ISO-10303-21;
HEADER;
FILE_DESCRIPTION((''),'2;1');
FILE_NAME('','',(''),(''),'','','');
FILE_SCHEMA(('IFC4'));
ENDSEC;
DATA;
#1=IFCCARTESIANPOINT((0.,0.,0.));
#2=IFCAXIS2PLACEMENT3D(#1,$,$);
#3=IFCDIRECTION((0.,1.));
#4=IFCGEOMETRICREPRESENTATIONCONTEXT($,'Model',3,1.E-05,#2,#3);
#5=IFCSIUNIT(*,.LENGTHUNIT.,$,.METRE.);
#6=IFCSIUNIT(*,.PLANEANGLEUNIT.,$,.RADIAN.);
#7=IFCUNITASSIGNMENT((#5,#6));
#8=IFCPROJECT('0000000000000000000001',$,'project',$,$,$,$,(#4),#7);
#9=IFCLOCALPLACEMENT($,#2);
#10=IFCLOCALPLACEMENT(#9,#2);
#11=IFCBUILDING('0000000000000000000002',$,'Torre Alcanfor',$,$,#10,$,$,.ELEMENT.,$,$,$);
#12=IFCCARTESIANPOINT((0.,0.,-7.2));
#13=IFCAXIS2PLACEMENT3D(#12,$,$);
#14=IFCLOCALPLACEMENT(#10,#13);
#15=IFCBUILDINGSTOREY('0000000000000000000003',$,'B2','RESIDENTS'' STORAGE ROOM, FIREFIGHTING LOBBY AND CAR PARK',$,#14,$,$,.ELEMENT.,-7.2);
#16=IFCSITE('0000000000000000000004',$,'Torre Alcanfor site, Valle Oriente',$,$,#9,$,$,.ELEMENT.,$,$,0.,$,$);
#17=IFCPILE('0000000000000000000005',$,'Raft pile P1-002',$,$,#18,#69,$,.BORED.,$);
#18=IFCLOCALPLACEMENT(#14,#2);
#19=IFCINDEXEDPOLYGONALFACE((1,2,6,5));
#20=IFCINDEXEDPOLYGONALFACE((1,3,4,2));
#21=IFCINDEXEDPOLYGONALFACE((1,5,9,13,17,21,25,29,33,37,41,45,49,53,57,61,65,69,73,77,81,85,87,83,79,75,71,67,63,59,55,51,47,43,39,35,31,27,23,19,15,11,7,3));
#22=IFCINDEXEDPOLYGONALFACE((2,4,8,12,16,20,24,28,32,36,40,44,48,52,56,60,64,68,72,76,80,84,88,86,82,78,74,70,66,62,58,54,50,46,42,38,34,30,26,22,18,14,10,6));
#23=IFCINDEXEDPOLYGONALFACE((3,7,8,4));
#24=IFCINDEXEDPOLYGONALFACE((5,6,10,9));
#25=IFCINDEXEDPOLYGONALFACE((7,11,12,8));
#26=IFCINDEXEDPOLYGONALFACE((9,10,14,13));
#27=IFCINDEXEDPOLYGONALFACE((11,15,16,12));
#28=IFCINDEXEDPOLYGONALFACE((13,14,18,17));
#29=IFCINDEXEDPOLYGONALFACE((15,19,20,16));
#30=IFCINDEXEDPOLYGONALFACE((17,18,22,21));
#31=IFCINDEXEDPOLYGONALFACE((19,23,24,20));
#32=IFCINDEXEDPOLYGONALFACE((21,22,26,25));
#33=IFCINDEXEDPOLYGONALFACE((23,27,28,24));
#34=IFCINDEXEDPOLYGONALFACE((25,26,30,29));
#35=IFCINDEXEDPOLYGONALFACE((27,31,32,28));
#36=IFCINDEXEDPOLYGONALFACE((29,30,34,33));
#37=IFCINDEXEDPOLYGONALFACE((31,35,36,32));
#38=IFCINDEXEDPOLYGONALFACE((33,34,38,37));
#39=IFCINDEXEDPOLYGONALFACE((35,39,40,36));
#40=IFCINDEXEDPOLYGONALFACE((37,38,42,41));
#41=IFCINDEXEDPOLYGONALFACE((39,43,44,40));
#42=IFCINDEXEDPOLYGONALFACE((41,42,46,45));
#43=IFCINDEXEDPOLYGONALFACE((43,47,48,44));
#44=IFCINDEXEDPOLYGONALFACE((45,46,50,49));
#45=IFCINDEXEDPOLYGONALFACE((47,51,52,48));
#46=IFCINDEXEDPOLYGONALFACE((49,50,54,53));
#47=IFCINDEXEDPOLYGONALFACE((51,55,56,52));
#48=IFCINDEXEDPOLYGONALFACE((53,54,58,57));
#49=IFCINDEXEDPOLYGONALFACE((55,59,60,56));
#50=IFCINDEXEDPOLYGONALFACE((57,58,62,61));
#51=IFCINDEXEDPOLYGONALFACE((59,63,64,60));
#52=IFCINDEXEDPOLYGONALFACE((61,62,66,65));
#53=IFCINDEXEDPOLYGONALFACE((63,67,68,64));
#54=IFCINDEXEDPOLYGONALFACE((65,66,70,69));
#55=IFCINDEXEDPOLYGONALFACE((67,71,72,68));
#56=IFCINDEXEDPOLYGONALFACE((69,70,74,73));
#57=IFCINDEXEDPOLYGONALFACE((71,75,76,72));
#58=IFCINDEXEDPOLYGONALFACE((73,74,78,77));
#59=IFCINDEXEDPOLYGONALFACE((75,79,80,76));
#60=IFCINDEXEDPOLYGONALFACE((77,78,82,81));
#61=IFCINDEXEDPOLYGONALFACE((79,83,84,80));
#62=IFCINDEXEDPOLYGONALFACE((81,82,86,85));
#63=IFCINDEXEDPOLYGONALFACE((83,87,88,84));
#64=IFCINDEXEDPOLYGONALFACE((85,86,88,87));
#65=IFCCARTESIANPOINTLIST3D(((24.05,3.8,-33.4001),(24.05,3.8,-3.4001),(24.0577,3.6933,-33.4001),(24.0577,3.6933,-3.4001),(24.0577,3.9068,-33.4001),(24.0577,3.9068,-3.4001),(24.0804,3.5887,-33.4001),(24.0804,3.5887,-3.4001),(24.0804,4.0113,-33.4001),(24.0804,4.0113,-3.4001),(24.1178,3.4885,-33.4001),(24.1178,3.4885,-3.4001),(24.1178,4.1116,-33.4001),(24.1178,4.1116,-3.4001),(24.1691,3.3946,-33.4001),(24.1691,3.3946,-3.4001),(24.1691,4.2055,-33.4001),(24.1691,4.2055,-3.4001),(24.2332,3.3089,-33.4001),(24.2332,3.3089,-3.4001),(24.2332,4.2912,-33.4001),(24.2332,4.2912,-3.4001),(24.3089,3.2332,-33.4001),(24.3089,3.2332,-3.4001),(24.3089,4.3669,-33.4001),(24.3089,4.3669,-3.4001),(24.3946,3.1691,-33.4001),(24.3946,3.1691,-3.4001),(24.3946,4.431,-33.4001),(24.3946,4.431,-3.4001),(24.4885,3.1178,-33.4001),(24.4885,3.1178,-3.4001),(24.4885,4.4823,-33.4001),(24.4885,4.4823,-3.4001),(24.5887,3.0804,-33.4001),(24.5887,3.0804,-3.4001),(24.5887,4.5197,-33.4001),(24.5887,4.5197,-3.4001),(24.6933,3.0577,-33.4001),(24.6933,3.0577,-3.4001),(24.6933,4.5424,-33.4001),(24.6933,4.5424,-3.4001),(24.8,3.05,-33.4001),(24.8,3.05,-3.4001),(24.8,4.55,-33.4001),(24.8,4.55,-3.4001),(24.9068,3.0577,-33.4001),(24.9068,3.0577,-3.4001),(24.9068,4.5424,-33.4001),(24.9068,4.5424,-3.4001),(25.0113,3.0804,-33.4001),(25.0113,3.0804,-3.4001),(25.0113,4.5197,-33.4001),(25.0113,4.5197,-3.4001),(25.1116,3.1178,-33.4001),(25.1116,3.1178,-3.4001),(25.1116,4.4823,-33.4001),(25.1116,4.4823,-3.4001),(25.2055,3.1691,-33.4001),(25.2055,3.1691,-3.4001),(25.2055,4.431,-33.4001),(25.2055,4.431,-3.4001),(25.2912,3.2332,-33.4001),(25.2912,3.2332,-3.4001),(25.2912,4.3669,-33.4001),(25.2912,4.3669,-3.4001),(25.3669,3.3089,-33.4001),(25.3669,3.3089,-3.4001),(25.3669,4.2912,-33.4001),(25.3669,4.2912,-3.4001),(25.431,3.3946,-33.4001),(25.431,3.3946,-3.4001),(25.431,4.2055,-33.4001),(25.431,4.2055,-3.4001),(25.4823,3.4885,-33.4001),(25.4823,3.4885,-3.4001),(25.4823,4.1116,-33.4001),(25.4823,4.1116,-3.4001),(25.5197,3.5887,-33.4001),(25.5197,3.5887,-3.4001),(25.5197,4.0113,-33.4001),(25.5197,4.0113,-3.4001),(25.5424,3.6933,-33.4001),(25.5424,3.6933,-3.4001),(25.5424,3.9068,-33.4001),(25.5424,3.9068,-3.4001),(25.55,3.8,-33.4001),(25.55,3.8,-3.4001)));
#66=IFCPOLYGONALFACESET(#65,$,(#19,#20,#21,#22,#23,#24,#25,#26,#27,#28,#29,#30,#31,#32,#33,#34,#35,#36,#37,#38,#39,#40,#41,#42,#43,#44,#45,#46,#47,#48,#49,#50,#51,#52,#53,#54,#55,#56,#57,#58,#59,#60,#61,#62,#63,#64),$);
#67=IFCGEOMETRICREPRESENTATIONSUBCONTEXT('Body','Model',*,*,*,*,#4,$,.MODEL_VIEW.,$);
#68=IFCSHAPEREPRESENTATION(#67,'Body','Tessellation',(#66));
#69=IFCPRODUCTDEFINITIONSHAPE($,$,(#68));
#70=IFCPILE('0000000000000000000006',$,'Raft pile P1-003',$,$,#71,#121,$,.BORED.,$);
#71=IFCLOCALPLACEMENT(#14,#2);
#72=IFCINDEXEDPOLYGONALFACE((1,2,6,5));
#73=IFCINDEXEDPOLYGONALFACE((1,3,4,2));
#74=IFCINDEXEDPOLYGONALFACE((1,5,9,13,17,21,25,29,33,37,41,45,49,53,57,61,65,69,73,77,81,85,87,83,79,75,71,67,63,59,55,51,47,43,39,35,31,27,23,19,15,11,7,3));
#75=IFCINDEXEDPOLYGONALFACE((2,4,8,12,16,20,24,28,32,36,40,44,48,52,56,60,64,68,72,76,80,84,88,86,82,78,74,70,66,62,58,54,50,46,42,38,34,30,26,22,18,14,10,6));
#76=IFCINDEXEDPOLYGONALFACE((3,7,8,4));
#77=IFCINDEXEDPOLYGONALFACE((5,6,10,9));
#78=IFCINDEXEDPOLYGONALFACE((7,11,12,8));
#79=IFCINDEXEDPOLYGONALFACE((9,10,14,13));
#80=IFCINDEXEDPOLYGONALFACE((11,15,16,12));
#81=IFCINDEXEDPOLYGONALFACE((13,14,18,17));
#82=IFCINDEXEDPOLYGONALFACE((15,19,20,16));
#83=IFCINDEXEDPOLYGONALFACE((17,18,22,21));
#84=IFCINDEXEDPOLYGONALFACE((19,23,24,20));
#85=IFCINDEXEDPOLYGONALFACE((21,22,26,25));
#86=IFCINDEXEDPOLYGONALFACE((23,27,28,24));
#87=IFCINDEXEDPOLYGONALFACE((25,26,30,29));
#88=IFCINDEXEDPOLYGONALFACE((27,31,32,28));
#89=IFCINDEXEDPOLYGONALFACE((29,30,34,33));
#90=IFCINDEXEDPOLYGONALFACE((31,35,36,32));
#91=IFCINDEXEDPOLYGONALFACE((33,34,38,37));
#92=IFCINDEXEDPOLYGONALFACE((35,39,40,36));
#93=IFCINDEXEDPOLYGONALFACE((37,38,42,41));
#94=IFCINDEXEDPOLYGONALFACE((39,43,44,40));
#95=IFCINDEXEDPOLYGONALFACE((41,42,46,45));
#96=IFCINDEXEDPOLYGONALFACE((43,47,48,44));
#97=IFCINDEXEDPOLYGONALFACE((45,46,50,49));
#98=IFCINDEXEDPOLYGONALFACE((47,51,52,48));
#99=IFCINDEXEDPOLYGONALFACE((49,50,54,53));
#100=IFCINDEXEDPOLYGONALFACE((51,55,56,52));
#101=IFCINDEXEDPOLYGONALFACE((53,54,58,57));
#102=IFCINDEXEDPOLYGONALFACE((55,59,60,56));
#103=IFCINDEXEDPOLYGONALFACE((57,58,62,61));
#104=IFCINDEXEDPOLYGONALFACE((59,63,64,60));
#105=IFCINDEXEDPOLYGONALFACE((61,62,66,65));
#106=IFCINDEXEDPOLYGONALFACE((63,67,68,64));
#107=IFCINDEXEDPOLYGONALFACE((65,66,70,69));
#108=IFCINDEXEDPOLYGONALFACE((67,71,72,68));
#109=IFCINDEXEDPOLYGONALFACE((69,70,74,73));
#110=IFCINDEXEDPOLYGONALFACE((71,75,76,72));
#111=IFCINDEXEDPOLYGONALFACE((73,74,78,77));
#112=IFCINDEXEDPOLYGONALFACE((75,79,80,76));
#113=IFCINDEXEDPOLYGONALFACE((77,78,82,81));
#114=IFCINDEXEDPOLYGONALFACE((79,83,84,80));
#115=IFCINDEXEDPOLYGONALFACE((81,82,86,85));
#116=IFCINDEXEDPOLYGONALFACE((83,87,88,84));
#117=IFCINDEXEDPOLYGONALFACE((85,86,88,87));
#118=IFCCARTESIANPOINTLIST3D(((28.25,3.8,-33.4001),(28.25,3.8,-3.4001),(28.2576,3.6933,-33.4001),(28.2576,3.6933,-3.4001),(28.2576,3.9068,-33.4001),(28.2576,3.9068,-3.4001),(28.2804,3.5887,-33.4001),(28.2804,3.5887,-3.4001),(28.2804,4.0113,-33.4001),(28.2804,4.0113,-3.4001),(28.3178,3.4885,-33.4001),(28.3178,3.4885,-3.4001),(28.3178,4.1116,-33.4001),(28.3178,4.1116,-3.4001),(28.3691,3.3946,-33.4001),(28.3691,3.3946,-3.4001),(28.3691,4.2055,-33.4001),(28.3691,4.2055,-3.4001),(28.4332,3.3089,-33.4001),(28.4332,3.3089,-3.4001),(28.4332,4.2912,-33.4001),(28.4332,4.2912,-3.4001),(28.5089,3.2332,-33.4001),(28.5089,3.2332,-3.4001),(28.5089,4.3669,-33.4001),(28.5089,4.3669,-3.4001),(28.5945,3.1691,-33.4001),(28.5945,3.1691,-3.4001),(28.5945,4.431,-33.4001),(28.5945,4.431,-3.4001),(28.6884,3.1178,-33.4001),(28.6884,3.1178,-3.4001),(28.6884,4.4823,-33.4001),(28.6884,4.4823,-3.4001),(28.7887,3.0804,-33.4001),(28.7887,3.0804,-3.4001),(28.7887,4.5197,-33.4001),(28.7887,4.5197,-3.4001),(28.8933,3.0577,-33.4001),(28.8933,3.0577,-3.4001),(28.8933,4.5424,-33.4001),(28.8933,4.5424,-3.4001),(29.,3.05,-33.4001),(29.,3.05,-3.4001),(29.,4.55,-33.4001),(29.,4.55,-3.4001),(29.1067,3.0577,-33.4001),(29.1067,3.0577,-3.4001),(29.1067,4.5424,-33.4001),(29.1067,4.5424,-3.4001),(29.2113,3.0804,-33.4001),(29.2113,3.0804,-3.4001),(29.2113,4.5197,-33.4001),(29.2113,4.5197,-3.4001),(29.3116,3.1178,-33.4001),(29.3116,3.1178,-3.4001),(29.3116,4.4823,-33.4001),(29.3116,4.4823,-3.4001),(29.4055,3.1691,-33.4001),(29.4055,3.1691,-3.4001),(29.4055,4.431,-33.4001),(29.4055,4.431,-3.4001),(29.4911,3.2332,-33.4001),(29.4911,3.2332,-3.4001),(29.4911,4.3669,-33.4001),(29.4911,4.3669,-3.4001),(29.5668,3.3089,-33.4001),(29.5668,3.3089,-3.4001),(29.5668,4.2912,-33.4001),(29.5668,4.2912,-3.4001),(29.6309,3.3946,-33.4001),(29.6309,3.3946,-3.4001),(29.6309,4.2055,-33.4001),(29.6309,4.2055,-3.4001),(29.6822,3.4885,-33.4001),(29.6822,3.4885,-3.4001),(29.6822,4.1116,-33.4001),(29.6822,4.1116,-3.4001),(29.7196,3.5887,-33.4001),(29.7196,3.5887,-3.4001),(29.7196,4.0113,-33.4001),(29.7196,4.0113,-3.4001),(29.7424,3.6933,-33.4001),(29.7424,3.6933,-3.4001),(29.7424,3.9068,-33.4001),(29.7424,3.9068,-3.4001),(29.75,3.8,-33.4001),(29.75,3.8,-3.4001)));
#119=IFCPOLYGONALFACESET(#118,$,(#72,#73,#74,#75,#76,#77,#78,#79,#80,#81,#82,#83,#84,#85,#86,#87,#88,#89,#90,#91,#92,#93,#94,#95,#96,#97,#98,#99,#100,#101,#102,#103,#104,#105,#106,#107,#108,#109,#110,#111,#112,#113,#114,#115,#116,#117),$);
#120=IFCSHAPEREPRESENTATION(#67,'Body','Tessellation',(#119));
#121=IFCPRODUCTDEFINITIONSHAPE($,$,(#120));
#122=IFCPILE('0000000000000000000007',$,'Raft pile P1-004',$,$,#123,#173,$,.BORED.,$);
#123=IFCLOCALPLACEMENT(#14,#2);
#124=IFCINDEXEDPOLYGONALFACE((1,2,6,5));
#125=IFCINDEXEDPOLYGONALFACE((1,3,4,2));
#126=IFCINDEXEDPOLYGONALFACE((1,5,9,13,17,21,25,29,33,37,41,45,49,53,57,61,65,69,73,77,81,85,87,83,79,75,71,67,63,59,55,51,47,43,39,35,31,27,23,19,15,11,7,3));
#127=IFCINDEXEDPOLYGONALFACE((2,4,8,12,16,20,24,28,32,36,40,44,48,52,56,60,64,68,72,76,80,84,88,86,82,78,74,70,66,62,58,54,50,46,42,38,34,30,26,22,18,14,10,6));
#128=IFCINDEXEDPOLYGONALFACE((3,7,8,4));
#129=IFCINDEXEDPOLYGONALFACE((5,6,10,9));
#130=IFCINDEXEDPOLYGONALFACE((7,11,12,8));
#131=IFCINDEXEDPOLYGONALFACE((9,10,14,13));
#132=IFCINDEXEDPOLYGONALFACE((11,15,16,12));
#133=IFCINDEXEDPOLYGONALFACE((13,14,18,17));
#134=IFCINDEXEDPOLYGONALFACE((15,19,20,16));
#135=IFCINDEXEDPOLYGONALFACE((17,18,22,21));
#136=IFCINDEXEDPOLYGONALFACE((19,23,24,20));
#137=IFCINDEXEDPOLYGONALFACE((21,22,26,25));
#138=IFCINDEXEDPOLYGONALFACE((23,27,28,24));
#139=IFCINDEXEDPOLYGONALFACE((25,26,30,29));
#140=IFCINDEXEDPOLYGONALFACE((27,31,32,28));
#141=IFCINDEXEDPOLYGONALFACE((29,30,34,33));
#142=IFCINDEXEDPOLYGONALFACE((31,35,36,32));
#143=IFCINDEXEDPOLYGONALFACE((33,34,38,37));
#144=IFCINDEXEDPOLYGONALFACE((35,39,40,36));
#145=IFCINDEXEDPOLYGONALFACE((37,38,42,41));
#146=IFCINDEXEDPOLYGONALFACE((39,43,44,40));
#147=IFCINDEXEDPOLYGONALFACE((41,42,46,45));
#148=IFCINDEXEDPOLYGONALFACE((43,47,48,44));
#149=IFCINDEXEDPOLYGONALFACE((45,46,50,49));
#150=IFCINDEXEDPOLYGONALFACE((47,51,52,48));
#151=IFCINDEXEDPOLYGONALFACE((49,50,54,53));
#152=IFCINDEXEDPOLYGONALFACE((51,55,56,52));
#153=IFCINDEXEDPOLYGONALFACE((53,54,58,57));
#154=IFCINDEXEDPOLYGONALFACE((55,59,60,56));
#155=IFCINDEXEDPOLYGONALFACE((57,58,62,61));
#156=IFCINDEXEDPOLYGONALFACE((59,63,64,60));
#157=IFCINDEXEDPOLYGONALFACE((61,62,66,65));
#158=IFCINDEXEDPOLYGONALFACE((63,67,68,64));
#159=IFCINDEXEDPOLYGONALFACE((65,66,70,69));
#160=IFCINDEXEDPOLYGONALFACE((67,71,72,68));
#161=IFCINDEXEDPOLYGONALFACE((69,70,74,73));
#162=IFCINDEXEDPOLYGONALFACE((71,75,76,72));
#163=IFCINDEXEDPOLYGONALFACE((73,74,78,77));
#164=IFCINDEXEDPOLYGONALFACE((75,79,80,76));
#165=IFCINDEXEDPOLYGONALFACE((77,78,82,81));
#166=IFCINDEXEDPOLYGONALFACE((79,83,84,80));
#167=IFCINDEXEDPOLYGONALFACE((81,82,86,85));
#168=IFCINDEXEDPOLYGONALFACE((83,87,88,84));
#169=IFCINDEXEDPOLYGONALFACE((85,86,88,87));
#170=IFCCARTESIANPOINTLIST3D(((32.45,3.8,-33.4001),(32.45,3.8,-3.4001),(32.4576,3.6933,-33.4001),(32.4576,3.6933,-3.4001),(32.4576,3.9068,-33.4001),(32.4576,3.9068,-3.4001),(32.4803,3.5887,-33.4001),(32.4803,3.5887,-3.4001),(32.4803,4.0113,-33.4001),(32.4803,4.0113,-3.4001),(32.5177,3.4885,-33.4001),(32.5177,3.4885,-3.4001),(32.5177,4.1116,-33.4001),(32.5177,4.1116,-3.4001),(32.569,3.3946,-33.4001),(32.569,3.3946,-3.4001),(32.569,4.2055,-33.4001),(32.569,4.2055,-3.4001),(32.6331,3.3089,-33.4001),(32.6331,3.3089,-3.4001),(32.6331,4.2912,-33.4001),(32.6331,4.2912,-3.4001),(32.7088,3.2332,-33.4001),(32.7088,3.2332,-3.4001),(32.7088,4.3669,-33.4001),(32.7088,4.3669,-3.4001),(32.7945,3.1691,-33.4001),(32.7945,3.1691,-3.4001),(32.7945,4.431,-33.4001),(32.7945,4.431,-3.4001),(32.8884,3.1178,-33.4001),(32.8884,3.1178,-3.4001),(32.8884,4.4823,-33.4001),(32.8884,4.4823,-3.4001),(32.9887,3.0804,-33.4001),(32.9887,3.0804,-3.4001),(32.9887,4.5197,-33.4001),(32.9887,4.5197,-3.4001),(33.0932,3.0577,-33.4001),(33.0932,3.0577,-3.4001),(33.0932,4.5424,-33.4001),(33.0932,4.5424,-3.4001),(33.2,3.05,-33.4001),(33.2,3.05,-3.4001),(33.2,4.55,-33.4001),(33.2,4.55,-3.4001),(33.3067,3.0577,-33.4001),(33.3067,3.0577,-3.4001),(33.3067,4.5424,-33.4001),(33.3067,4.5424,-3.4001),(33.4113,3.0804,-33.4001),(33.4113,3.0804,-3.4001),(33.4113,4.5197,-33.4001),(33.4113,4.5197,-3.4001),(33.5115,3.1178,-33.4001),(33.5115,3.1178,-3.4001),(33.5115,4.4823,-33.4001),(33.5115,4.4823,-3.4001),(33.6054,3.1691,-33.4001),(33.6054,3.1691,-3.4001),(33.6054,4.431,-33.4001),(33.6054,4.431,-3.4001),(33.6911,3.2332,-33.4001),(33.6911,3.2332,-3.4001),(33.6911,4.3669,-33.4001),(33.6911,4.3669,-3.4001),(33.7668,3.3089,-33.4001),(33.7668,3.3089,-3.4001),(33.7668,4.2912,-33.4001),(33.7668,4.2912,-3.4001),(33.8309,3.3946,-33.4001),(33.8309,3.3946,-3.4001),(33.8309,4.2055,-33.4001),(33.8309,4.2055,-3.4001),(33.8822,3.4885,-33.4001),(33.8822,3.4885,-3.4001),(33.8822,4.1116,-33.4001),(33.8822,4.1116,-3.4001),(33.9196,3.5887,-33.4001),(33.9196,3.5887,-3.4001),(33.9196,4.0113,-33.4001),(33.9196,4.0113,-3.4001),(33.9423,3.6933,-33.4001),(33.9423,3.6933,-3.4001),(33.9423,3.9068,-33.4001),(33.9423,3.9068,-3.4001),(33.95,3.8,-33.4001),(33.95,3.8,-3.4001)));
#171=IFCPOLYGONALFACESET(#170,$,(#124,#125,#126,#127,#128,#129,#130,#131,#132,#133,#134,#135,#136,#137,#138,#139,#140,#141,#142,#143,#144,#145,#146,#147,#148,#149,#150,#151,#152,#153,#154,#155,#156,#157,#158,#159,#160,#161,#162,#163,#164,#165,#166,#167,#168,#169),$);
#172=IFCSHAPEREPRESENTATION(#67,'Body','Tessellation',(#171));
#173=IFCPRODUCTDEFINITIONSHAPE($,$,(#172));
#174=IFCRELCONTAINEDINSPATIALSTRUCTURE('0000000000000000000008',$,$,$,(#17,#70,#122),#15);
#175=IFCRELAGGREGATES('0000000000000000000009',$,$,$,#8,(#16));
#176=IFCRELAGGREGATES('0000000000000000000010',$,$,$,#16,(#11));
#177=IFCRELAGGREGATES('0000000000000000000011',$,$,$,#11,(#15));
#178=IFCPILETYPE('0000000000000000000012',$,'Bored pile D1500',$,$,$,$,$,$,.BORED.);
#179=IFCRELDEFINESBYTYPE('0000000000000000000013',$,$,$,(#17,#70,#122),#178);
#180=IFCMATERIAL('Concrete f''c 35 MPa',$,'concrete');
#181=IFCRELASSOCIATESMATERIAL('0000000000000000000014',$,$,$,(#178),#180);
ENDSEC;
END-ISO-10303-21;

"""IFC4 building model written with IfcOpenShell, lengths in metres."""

from ifc_helpers import new_model, si_unit, direction, frame, origin, origin_2d, place, context, subcontext, project, spatial, circle, extrude, material, material_profile, profile_set, type_object, element, save


model = new_model("IFC4")

# Units and contexts
model_context = context("Model", 3, precision=1e-05, world=origin(), true_north=direction((0.0, 1.0)))
body_context = subcontext(model_context, "Body", "Model", "MODEL_VIEW")
ifc_project = project(units=[si_unit("LENGTHUNIT", "METRE"), si_unit("PLANEANGLEUNIT", "RADIAN")], contexts=[model_context])

# Site, building, storey
site_placement = place(None, origin())
site = spatial("IfcSite", under=ifc_project, at=site_placement, Name="Torre Alcanfor site, Valle Oriente", CompositionType="ELEMENT", RefElevation=0.0)
building_placement = place(site_placement, origin())
building = spatial("IfcBuilding", under=site, at=building_placement, Name="Torre Alcanfor", CompositionType="ELEMENT")
storey_placement = place(building_placement, frame((0.0, 0.0, -7.2)))
storey = spatial("IfcBuildingStorey", under=building, at=storey_placement, Name="B2", Description="RESIDENTS' STORAGE ROOM, FIREFIGHTING LOBBY AND CAR PARK", CompositionType="ELEMENT", Elevation=-7.2)

# Piles
ifc_material_1 = material(Name="Concrete f'c 35 MPa", Category="concrete")
ifc_material_profile_1 = material_profile(ifc_material_1, circle(Radius=0.75, at=origin_2d()), Name="D1500")
ifc_profile_set_1 = profile_set([ifc_material_profile_1], Name="Concrete f'c 35 MPa")
pile_type_1 = type_object("IfcPileType", Name="Bored pile D1500", PredefinedType="BORED", material=ifc_profile_set_1)
for number, where, z_axis, x_axis, name in (
    (1, (24.8, 3.8, -3.4001), (0.0, 0.0, -1.0), (1.0, 0.0, 0.0), "Raft pile P1-002"),
    (2, (29.0, 3.8, -3.4001), (0.0, 0.0, -1.0), (1.0, 0.0, 0.0), "Raft pile P1-003"),
    (3, (33.2, 3.8, -3.4001), (0.0, 0.0, -1.0), (1.0, 0.0, 0.0), "Raft pile P1-004"),
):
    element("IfcPile", number, at=place(storey_placement, frame(where, z_axis=z_axis, x_axis=x_axis)), inside=storey, type_object=pile_type_1, Name=name, PredefinedType="BORED", context=body_context, shape_type="SweptSolid", body=[
        extrude(circle(Radius=0.75, at=origin_2d()), origin(), (0.0, 0.0, 1.0), 30.0),
    ])

save(model, "model.ifc")
